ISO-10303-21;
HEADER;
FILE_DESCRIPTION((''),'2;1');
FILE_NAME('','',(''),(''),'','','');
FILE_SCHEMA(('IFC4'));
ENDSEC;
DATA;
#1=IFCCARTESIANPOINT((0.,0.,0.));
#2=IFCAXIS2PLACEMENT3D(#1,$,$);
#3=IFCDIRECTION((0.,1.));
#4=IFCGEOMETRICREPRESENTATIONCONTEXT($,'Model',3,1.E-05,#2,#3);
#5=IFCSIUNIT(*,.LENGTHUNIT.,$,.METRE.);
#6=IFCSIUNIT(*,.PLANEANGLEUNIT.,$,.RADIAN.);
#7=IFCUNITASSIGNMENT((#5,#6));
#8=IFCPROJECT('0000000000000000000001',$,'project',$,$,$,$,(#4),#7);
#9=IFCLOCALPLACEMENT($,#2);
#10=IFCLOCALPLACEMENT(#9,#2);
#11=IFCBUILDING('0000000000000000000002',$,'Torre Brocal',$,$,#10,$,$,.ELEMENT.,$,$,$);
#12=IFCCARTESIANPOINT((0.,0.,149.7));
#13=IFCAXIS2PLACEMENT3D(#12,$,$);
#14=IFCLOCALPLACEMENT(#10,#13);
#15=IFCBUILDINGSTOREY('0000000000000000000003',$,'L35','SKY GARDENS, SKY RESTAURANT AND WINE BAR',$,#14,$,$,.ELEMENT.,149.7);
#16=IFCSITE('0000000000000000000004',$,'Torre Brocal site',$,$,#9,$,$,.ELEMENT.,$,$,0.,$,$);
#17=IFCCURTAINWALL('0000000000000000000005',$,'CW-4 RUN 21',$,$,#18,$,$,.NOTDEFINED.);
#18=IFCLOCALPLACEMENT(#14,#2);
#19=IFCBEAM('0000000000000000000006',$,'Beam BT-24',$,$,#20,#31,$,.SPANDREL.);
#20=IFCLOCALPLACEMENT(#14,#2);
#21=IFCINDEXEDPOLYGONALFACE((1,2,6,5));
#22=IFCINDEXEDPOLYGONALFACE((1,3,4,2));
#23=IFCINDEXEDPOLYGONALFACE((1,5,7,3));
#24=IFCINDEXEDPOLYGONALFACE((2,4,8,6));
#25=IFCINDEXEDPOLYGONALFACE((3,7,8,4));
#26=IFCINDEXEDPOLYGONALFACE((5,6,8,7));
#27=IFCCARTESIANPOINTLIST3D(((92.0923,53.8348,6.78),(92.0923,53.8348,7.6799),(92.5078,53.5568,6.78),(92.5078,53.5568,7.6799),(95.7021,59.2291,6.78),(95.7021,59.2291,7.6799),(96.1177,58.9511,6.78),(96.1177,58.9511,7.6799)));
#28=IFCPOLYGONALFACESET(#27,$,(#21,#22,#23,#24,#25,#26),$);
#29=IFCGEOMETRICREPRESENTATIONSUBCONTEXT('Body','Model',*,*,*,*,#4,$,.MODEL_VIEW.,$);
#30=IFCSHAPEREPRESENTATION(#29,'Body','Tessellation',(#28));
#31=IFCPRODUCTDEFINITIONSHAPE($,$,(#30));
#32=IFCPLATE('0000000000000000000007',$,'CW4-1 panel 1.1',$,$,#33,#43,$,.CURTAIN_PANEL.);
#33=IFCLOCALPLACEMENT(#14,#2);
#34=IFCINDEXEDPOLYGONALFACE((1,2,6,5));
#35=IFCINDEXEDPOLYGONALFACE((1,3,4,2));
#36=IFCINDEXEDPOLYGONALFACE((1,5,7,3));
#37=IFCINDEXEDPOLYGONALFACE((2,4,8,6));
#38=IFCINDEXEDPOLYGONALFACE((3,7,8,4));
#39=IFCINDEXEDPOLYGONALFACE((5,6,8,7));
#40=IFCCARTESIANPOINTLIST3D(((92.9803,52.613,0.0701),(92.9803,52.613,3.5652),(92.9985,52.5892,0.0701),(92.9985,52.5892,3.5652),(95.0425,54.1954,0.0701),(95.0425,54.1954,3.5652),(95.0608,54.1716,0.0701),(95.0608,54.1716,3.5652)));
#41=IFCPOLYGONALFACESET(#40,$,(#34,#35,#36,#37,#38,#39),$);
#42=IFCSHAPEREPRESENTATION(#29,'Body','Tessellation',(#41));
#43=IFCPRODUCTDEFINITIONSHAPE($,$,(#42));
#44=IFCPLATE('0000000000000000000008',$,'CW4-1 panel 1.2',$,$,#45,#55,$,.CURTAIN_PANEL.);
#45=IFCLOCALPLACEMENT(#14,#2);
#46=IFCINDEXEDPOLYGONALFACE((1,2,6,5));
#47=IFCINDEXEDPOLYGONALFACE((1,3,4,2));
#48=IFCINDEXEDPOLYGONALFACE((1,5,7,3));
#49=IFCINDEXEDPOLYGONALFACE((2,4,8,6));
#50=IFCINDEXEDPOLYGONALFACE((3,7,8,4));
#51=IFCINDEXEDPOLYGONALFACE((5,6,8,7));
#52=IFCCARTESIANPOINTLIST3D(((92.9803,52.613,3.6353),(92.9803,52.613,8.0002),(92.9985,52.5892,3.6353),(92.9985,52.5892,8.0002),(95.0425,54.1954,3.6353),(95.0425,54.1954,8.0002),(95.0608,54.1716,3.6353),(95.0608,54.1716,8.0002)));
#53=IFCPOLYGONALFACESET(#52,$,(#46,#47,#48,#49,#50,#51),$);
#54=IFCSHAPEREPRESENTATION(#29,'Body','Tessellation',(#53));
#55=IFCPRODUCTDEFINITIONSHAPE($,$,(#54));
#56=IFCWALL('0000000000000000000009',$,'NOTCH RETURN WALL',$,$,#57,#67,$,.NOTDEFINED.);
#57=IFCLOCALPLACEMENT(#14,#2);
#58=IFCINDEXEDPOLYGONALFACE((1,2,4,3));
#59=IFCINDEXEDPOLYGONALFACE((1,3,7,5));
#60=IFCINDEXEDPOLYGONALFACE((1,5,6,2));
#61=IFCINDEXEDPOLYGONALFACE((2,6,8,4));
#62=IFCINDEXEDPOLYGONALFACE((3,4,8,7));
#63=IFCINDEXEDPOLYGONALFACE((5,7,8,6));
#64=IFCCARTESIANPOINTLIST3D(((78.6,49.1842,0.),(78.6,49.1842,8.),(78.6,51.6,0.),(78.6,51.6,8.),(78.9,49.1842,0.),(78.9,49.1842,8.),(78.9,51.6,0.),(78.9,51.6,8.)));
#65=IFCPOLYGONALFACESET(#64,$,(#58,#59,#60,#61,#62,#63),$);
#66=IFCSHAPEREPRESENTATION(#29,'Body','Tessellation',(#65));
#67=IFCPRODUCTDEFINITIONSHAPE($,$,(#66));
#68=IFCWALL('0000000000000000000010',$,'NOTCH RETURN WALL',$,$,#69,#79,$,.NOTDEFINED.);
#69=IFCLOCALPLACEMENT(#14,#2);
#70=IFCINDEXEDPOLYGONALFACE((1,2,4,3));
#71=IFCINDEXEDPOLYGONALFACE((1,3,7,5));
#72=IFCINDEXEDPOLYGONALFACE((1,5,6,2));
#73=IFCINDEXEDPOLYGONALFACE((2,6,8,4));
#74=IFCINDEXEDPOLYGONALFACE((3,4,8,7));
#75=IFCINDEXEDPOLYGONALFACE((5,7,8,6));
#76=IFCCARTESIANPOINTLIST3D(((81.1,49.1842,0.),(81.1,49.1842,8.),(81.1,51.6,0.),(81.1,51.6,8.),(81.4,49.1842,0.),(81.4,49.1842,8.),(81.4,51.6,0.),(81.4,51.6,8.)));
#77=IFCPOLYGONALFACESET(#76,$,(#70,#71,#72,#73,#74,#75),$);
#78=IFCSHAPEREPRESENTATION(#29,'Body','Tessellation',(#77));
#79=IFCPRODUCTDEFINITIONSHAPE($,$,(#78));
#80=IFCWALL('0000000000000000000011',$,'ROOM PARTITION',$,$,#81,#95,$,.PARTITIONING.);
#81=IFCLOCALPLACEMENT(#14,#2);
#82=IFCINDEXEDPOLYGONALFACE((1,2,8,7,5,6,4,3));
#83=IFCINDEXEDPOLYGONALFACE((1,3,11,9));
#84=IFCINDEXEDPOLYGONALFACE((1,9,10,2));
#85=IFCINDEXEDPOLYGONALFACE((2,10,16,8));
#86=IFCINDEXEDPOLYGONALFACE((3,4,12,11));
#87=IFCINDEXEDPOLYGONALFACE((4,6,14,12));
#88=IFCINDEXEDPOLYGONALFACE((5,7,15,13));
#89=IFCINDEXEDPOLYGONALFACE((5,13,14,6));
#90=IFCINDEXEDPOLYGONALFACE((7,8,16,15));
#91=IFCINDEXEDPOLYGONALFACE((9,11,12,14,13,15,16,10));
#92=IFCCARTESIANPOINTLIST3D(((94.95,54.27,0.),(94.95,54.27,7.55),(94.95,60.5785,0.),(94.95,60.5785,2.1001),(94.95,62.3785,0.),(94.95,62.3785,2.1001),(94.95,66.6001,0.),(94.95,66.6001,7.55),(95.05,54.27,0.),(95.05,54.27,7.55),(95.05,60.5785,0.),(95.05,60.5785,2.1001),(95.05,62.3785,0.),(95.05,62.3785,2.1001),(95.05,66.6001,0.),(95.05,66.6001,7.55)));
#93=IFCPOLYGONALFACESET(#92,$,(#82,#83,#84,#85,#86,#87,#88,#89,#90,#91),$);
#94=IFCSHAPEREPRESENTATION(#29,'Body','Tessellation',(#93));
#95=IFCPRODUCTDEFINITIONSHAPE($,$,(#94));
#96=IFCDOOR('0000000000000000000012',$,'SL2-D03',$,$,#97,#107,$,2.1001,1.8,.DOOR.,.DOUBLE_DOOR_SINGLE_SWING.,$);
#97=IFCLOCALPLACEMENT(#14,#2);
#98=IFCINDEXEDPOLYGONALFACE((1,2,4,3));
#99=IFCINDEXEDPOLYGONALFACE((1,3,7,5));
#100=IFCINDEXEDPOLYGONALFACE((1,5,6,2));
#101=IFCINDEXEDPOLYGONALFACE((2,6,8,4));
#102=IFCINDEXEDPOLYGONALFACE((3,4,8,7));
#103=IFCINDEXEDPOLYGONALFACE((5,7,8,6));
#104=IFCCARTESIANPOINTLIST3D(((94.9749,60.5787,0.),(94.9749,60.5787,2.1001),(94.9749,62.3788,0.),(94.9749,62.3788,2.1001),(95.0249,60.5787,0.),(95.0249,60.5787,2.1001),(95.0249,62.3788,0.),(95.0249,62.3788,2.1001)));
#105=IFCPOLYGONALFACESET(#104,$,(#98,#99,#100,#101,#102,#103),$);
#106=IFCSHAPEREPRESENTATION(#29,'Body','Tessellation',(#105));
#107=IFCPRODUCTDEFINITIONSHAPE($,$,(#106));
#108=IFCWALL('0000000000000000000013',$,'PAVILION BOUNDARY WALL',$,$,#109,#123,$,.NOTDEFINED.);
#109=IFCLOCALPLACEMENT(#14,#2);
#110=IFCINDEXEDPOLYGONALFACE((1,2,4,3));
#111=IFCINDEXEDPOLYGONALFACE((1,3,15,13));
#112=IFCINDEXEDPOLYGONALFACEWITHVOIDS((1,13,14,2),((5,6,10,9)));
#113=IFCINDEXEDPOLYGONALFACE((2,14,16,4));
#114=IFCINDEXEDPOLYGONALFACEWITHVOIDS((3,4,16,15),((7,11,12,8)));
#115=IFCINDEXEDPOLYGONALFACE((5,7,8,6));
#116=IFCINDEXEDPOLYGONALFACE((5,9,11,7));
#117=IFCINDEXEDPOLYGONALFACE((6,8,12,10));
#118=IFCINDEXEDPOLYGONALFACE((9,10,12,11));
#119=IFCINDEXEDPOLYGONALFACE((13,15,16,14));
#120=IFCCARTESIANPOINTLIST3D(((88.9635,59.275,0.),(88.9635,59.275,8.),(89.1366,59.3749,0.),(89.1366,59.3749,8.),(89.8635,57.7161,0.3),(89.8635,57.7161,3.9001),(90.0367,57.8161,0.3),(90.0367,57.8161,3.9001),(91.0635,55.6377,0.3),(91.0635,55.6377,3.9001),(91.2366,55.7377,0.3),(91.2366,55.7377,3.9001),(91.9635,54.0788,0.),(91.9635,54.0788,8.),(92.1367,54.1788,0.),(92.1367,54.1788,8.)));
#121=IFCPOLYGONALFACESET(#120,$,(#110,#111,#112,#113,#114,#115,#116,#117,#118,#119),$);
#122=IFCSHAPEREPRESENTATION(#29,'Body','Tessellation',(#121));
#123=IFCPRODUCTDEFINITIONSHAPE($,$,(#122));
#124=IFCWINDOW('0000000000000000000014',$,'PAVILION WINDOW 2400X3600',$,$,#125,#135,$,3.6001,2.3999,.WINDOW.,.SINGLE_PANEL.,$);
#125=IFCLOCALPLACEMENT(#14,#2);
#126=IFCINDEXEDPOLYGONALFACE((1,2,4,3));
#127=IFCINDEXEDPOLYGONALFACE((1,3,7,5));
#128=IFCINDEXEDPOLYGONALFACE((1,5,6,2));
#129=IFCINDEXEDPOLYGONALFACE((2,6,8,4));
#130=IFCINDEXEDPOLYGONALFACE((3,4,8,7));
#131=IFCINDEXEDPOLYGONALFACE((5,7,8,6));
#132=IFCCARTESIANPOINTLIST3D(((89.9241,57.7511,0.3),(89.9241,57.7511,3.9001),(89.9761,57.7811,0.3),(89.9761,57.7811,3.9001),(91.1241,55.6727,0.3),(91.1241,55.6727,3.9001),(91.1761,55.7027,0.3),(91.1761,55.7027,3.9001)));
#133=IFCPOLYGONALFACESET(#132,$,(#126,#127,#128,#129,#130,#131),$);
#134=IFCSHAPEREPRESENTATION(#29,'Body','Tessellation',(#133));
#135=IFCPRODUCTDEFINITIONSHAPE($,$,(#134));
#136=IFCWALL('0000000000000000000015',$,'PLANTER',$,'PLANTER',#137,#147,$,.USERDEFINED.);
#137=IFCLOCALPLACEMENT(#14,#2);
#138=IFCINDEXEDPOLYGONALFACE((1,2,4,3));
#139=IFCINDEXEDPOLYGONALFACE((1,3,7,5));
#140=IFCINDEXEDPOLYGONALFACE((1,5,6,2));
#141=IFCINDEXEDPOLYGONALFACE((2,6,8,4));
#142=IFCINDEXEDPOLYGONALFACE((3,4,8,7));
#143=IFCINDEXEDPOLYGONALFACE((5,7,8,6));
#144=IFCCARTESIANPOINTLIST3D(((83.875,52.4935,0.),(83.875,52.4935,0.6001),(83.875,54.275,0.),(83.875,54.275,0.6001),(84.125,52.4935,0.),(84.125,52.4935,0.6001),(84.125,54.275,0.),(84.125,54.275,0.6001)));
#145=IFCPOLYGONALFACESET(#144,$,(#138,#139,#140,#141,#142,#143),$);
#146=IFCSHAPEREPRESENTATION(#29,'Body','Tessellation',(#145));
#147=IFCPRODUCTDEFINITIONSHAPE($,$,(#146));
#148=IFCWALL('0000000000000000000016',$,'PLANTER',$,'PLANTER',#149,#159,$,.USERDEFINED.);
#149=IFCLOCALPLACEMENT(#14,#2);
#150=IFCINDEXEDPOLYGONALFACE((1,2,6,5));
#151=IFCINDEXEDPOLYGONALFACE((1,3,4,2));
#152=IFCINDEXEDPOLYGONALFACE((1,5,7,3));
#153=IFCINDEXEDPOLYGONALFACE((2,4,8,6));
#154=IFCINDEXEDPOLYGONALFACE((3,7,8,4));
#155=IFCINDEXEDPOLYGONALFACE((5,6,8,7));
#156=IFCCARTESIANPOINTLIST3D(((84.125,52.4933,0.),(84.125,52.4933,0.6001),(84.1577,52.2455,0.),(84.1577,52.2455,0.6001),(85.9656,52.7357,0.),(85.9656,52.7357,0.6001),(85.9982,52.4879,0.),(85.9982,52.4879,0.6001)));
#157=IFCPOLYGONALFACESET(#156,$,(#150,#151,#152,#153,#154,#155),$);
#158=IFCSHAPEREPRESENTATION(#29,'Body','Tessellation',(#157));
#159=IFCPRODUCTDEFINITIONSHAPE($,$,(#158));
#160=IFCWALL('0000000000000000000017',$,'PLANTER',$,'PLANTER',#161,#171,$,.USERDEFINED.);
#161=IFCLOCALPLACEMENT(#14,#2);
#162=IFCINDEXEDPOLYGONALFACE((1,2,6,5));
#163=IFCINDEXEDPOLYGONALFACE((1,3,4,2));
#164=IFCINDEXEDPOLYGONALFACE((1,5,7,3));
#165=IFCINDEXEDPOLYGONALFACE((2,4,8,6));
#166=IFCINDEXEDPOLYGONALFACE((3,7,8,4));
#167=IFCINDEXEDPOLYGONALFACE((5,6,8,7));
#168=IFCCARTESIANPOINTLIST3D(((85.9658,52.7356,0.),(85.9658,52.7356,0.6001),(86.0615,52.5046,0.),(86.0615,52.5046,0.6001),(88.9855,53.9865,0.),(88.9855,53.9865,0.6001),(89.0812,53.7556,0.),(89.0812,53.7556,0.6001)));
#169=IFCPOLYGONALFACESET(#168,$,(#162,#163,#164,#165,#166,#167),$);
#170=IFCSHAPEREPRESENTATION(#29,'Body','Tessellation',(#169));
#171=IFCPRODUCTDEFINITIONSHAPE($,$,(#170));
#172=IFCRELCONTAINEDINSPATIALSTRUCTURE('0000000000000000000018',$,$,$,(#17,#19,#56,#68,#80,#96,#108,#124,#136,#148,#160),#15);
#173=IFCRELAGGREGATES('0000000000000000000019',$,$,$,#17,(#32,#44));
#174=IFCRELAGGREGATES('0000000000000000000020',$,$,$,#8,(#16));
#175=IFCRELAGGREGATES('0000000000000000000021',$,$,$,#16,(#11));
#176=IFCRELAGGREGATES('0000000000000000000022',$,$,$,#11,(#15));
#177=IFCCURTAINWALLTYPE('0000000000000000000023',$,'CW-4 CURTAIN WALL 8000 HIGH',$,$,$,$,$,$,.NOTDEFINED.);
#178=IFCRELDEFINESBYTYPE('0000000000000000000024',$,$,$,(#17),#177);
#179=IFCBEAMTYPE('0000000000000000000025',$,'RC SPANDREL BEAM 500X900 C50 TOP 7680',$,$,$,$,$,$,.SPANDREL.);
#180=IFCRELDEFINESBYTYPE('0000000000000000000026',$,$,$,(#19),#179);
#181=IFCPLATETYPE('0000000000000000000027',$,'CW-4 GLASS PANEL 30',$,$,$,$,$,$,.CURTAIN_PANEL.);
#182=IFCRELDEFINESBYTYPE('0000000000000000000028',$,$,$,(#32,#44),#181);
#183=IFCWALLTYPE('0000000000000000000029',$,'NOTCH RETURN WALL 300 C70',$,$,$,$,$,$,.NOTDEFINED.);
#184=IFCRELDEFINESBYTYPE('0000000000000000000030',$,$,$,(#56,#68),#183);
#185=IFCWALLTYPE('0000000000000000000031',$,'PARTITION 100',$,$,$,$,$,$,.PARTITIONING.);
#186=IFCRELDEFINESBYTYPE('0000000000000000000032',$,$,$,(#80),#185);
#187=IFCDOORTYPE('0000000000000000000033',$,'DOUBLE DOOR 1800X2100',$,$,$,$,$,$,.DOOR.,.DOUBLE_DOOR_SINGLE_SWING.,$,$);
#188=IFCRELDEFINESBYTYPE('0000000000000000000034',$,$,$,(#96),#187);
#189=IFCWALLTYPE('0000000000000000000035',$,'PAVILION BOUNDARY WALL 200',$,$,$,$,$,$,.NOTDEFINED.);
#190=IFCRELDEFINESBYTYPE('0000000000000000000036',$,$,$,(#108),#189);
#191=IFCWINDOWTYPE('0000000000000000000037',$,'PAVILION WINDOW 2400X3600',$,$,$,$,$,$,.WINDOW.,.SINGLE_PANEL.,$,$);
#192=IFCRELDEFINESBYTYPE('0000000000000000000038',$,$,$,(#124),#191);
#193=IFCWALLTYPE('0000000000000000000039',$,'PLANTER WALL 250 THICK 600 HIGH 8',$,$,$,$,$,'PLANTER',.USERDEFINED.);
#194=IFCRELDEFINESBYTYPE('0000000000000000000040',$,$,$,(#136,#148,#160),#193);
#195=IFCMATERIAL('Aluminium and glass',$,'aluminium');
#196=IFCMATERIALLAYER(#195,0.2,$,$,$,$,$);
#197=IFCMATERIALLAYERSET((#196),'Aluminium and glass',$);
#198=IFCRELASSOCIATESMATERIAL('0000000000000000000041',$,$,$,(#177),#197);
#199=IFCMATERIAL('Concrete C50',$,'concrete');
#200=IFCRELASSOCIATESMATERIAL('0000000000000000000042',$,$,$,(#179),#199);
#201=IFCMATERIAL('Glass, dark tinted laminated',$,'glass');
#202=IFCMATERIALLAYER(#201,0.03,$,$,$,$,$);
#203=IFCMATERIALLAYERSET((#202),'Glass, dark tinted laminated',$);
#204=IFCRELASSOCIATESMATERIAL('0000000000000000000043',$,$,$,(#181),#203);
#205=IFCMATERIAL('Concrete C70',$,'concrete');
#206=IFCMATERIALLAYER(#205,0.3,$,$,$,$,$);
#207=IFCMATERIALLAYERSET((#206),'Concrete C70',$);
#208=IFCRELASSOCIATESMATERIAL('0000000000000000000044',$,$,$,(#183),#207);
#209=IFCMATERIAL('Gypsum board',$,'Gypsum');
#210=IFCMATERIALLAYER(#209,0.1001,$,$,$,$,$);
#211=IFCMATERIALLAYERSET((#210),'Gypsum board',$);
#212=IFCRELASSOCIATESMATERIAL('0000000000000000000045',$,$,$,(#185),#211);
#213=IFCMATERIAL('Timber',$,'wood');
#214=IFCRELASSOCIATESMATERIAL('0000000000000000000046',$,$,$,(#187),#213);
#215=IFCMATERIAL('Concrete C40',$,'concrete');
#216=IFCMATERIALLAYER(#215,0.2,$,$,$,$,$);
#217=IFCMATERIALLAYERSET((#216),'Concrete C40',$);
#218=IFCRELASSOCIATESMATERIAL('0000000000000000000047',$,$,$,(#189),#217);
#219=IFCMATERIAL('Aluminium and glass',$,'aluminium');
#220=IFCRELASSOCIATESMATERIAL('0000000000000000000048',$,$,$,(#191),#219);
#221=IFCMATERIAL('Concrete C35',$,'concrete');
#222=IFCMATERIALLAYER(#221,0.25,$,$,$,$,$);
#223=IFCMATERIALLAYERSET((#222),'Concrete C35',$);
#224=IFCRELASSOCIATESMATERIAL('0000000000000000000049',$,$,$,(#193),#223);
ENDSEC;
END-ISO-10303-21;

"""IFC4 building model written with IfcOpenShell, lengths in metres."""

from ifc_helpers import new_model, si_unit, direction, frame, frame_2d, origin, origin_2d, place, context, subcontext, project, spatial, rectangle, extrude, material, layer, layer_set, material_profile, profile_set, type_object, element, fill, aggregate, save


model = new_model("IFC4")

# Units and contexts
model_context = context("Model", 3, precision=1e-05, world=origin(), true_north=direction((0.0, 1.0)))
body_context = subcontext(model_context, "Body", "Model", "MODEL_VIEW")
ifc_project = project(units=[si_unit("LENGTHUNIT", "METRE"), si_unit("PLANEANGLEUNIT", "RADIAN")], contexts=[model_context])

# Site, building, storey
site_placement = place(None, origin())
site = spatial("IfcSite", under=ifc_project, at=site_placement, Name="Torre Brocal site", CompositionType="ELEMENT", RefElevation=0.0)
building_placement = place(site_placement, origin())
building = spatial("IfcBuilding", under=site, at=building_placement, Name="Torre Brocal", CompositionType="ELEMENT")
storey_placement = place(building_placement, frame((0.0, 0.0, 149.7)))
storey = spatial("IfcBuildingStorey", under=building, at=storey_placement, Name="L35", Description="SKY GARDENS, SKY RESTAURANT AND WINE BAR", CompositionType="ELEMENT", Elevation=149.7)

# Curtain wall
ifc_material_1 = material(Name="Aluminium and glass", Category="aluminium")
ifc_layer_1 = layer(ifc_material_1, 0.2)
ifc_layer_set_1 = layer_set([ifc_layer_1], Name="Aluminium and glass")
curtain_wall_type = type_object("IfcCurtainWallType", Name="CW-4 CURTAIN WALL 8000 HIGH", PredefinedType="NOTDEFINED", material=ifc_layer_set_1)
curtain_wall_placement = place(storey_placement, origin())
curtain_wall = element("IfcCurtainWall", 1, at=curtain_wall_placement, inside=storey, type_object=curtain_wall_type, Name="CW-4 RUN 21", PredefinedType="NOTDEFINED")

# Beam
ifc_material_2 = material(Name="Concrete C50", Category="concrete")
ifc_material_profile_1 = material_profile(ifc_material_2, rectangle(XDim=0.5, YDim=0.8999, at=origin_2d()), Name="RC 500X900")
ifc_profile_set_1 = profile_set([ifc_material_profile_1], Name="Concrete C50")
beam_type_1 = type_object("IfcBeamType", Name="RC SPANDREL BEAM 500X900 C50 TOP 7680", PredefinedType="SPANDREL", material=ifc_profile_set_1)
beam_1_placement = place(storey_placement, frame((92.3, 53.6958, 7.23), z_axis=(0.556158, 0.831077, 0.0), x_axis=(-0.831077, 0.556158, 0.0)))
element("IfcBeam", 2, at=beam_1_placement, inside=storey, type_object=beam_type_1, Name="Beam BT-24", PredefinedType="SPANDREL", context=body_context, shape_type="SweptSolid", body=[
    extrude(rectangle(XDim=0.5, YDim=0.8999, at=origin_2d()), origin(), (0.0, 0.0, 1.0), 6.4907),
])

# Plates
ifc_material_3 = material(Name="Glass, dark tinted laminated", Category="glass")
ifc_layer_2 = layer(ifc_material_3, 0.03)
ifc_layer_set_2 = layer_set([ifc_layer_2], Name="Glass, dark tinted laminated")
plate_type = type_object("IfcPlateType", Name="CW-4 GLASS PANEL 30", PredefinedType="CURTAIN_PANEL", material=ifc_layer_set_2)
plate_1_placement = place(storey_placement, frame((94.0205, 53.3923, 0.0701), z_axis=(0.0, 0.0, 1.0), x_axis=(0.793353, 0.608761, 0.0)))
plate_1 = element("IfcPlate", 3, at=plate_1_placement, type_object=plate_type, Name="CW4-1 panel 1.1", PredefinedType="CURTAIN_PANEL", context=body_context, shape_type="SweptSolid", body=[
    extrude(rectangle(XDim=2.5994, YDim=0.03, at=origin_2d()), origin(), (0.0, 0.0, 1.0), 3.4951),
])
plate_2_placement = place(storey_placement, frame((94.0205, 53.3923, 3.6353), z_axis=(0.0, 0.0, 1.0), x_axis=(0.793353, 0.608761, 0.0)))
plate_2 = element("IfcPlate", 4, at=plate_2_placement, type_object=plate_type, Name="CW4-1 panel 1.2", PredefinedType="CURTAIN_PANEL", context=body_context, shape_type="SweptSolid", body=[
    extrude(rectangle(XDim=2.5994, YDim=0.03, at=origin_2d()), origin(), (0.0, 0.0, 1.0), 4.365),
])
aggregate(curtain_wall, [plate_1, plate_2])

# Walls
ifc_material_4 = material(Name="Concrete C70", Category="concrete")
ifc_layer_3 = layer(ifc_material_4, 0.3)
ifc_layer_set_3 = layer_set([ifc_layer_3], Name="Concrete C70")
wall_type_1 = type_object("IfcWallType", Name="NOTCH RETURN WALL 300 C70", PredefinedType="NOTDEFINED", material=ifc_layer_set_3)
for number, where, z_axis, x_axis, name in (
    (5, (78.75, 51.6001, 0.0), (0.0, 0.0, 1.0), (0.0, -1.0, 0.0), "NOTCH RETURN WALL"),
    (6, (81.25, 51.6001, 0.0), (0.0, 0.0, 1.0), (0.0, -1.0, 0.0), "NOTCH RETURN WALL"),
):
    element("IfcWall", number, at=place(storey_placement, frame(where, z_axis=z_axis, x_axis=x_axis)), inside=storey, type_object=wall_type_1, Name=name, PredefinedType="NOTDEFINED", context=body_context, shape_type="SweptSolid", body=[
        extrude(rectangle(XDim=2.4158, YDim=0.3, at=frame_2d((1.208, 0.0))), origin(), (0.0, 0.0, 1.0), 8.0),
    ])

# Wall, opening, door
ifc_material_5 = material(Name="Gypsum board", Category="Gypsum")
ifc_layer_4 = layer(ifc_material_5, 0.1001)
ifc_layer_set_4 = layer_set([ifc_layer_4], Name="Gypsum board")
wall_type_2 = type_object("IfcWallType", Name="PARTITION 100", PredefinedType="PARTITIONING", material=ifc_layer_set_4)
wall_1_placement = place(storey_placement, frame((95.0, 54.27, 0.0), z_axis=(0.0, 0.0, 1.0), x_axis=(0.0, 1.0, 0.0)))
wall_1 = element("IfcWall", 7, at=wall_1_placement, inside=storey, type_object=wall_type_2, Name="ROOM PARTITION", PredefinedType="PARTITIONING", context=body_context, shape_type="SweptSolid", body=[
    extrude(rectangle(XDim=12.3301, YDim=0.1001, at=frame_2d((6.165, 0.0))), origin(), (0.0, 0.0, 1.0), 7.55),
])
opening_1_placement = place(wall_1_placement, frame((6.3086, 0.0, 0.0)))
opening_1 = element("IfcOpeningElement", 8, at=opening_1_placement, cuts=wall_1, PredefinedType="OPENING", context=body_context, shape_type="SweptSolid", body=[
    extrude(rectangle(XDim=1.8, YDim=2.1001, at=frame_2d((0.8999, 1.05))), frame((0.0, 0.0601, 0.0), z_axis=(0.0, -1.0, 0.0), x_axis=(1.0, 0.0, 0.0)), (0.0, 0.0, 1.0), 0.1201),
])
ifc_material_6 = material(Name="Timber", Category="wood")
door_type = type_object("IfcDoorType", Name="DOUBLE DOOR 1800X2100", OperationType="DOUBLE_DOOR_SINGLE_SWING", PredefinedType="DOOR", material=ifc_material_6)
door_placement = place(opening_1_placement, frame((1.8, 0.0, 0.0), z_axis=(0.0, 0.0, 1.0), x_axis=(-1.0, 0.0, 0.0)))
door = element("IfcDoor", 9, at=door_placement, inside=storey, type_object=door_type, Name="SL2-D03", OperationType="DOUBLE_DOOR_SINGLE_SWING", OverallHeight=2.1001, OverallWidth=1.8, PredefinedType="DOOR", context=body_context, shape_type="SweptSolid", body=[
    extrude(rectangle(XDim=1.8, YDim=2.1001, at=frame_2d((0.8999, 1.05))), frame((0.0, 0.0249, 0.0), z_axis=(0.0, -1.0, 0.0), x_axis=(1.0, 0.0, 0.0)), (0.0, 0.0, 1.0), 0.05),
])
fill(opening_1, door)

# Wall, opening, window
ifc_material_7 = material(Name="Concrete C40", Category="concrete")
ifc_layer_5 = layer(ifc_material_7, 0.2)
ifc_layer_set_5 = layer_set([ifc_layer_5], Name="Concrete C40")
wall_type_3 = type_object("IfcWallType", Name="PAVILION BOUNDARY WALL 200", PredefinedType="NOTDEFINED", material=ifc_layer_set_5)
wall_2_placement = place(storey_placement, frame((89.05, 59.325, 0.0), z_axis=(0.0, 0.0, 1.0), x_axis=(0.500008, -0.866021, 0.0)))
wall_2 = element("IfcWall", 10, at=wall_2_placement, inside=storey, type_object=wall_type_3, Name="PAVILION BOUNDARY WALL", PredefinedType="NOTDEFINED", context=body_context, shape_type="SweptSolid", body=[
    extrude(rectangle(XDim=6.0, YDim=0.2, at=frame_2d((3.0, 0.0))), origin(), (0.0, 0.0, 1.0), 8.0),
])
opening_2_placement = place(wall_2_placement, frame((1.8, 0.0, 0.3)))
opening_2 = element("IfcOpeningElement", 11, at=opening_2_placement, cuts=wall_2, PredefinedType="OPENING", context=body_context, shape_type="SweptSolid", body=[
    extrude(rectangle(XDim=2.3999, YDim=3.6001, at=frame_2d((1.2, 1.8))), frame((0.0, 0.1099, 0.0), z_axis=(0.0, -1.0, 0.0), x_axis=(1.0, 0.0, 0.0)), (0.0, 0.0, 1.0), 0.22),
])
ifc_material_8 = material(Name="Aluminium and glass", Category="aluminium")
window_type = type_object("IfcWindowType", Name="PAVILION WINDOW 2400X3600", PartitioningType="SINGLE_PANEL", PredefinedType="WINDOW", material=ifc_material_8)
window_placement = place(opening_2_placement, origin())
window = element("IfcWindow", 12, at=window_placement, inside=storey, type_object=window_type, Name="PAVILION WINDOW 2400X3600", OverallHeight=3.6001, OverallWidth=2.3999, PartitioningType="SINGLE_PANEL", PredefinedType="WINDOW", context=body_context, shape_type="SweptSolid", body=[
    extrude(rectangle(XDim=2.3999, YDim=3.6001, at=frame_2d((1.2, 1.8))), frame((0.0, 0.03, 0.0), z_axis=(0.0, -1.0, 0.0), x_axis=(1.0, 0.0, 0.0)), (0.0, 0.0, 1.0), 0.0601),
])
fill(opening_2, window)

# Walls
ifc_material_9 = material(Name="Concrete C35", Category="concrete")
ifc_layer_6 = layer(ifc_material_9, 0.25)
ifc_layer_set_6 = layer_set([ifc_layer_6], Name="Concrete C35")
wall_type_4 = type_object("IfcWallType", Name="PLANTER WALL 250 THICK 600 HIGH 8", ElementType="PLANTER", PredefinedType="USERDEFINED", material=ifc_layer_set_6)
wall_3_placement = place(storey_placement, frame((84.0, 54.2749, 0.0), z_axis=(0.0, 0.0, 1.0), x_axis=(0.0, -1.0, 0.0)))
element("IfcWall", 13, at=wall_3_placement, inside=storey, type_object=wall_type_4, Name="PLANTER", ObjectType="PLANTER", PredefinedType="USERDEFINED", context=body_context, shape_type="SweptSolid", body=[
    extrude(rectangle(XDim=1.7815, YDim=0.25, at=frame_2d((0.8906, 0.0))), origin(), (0.0, 0.0, 1.0), 0.6001),
])
wall_4_placement = place(storey_placement, frame((84.1414, 52.3694, 0.0), z_axis=(0.0, 0.0, 1.0), x_axis=(0.991437, 0.130587, 0.0)))
element("IfcWall", 14, at=wall_4_placement, inside=storey, type_object=wall_type_4, Name="PLANTER", ObjectType="PLANTER", PredefinedType="USERDEFINED", context=body_context, shape_type="SweptSolid", body=[
    extrude(rectangle(XDim=1.8564, YDim=0.25, at=frame_2d((0.9282, 0.0))), origin(), (0.0, 0.0, 1.0), 0.6001),
])
wall_5_placement = place(storey_placement, frame((86.0137, 52.6201, 0.0), z_axis=(0.0, 0.0, 1.0), x_axis=(0.923864, 0.382721, 0.0)))
element("IfcWall", 15, at=wall_5_placement, inside=storey, type_object=wall_type_4, Name="PLANTER", ObjectType="PLANTER", PredefinedType="USERDEFINED", context=body_context, shape_type="SweptSolid", body=[
    extrude(rectangle(XDim=3.2686, YDim=0.25, at=frame_2d((1.6343, 0.0))), origin(), (0.0, 0.0, 1.0), 0.6001),
])

save(model, "model.ifc")
